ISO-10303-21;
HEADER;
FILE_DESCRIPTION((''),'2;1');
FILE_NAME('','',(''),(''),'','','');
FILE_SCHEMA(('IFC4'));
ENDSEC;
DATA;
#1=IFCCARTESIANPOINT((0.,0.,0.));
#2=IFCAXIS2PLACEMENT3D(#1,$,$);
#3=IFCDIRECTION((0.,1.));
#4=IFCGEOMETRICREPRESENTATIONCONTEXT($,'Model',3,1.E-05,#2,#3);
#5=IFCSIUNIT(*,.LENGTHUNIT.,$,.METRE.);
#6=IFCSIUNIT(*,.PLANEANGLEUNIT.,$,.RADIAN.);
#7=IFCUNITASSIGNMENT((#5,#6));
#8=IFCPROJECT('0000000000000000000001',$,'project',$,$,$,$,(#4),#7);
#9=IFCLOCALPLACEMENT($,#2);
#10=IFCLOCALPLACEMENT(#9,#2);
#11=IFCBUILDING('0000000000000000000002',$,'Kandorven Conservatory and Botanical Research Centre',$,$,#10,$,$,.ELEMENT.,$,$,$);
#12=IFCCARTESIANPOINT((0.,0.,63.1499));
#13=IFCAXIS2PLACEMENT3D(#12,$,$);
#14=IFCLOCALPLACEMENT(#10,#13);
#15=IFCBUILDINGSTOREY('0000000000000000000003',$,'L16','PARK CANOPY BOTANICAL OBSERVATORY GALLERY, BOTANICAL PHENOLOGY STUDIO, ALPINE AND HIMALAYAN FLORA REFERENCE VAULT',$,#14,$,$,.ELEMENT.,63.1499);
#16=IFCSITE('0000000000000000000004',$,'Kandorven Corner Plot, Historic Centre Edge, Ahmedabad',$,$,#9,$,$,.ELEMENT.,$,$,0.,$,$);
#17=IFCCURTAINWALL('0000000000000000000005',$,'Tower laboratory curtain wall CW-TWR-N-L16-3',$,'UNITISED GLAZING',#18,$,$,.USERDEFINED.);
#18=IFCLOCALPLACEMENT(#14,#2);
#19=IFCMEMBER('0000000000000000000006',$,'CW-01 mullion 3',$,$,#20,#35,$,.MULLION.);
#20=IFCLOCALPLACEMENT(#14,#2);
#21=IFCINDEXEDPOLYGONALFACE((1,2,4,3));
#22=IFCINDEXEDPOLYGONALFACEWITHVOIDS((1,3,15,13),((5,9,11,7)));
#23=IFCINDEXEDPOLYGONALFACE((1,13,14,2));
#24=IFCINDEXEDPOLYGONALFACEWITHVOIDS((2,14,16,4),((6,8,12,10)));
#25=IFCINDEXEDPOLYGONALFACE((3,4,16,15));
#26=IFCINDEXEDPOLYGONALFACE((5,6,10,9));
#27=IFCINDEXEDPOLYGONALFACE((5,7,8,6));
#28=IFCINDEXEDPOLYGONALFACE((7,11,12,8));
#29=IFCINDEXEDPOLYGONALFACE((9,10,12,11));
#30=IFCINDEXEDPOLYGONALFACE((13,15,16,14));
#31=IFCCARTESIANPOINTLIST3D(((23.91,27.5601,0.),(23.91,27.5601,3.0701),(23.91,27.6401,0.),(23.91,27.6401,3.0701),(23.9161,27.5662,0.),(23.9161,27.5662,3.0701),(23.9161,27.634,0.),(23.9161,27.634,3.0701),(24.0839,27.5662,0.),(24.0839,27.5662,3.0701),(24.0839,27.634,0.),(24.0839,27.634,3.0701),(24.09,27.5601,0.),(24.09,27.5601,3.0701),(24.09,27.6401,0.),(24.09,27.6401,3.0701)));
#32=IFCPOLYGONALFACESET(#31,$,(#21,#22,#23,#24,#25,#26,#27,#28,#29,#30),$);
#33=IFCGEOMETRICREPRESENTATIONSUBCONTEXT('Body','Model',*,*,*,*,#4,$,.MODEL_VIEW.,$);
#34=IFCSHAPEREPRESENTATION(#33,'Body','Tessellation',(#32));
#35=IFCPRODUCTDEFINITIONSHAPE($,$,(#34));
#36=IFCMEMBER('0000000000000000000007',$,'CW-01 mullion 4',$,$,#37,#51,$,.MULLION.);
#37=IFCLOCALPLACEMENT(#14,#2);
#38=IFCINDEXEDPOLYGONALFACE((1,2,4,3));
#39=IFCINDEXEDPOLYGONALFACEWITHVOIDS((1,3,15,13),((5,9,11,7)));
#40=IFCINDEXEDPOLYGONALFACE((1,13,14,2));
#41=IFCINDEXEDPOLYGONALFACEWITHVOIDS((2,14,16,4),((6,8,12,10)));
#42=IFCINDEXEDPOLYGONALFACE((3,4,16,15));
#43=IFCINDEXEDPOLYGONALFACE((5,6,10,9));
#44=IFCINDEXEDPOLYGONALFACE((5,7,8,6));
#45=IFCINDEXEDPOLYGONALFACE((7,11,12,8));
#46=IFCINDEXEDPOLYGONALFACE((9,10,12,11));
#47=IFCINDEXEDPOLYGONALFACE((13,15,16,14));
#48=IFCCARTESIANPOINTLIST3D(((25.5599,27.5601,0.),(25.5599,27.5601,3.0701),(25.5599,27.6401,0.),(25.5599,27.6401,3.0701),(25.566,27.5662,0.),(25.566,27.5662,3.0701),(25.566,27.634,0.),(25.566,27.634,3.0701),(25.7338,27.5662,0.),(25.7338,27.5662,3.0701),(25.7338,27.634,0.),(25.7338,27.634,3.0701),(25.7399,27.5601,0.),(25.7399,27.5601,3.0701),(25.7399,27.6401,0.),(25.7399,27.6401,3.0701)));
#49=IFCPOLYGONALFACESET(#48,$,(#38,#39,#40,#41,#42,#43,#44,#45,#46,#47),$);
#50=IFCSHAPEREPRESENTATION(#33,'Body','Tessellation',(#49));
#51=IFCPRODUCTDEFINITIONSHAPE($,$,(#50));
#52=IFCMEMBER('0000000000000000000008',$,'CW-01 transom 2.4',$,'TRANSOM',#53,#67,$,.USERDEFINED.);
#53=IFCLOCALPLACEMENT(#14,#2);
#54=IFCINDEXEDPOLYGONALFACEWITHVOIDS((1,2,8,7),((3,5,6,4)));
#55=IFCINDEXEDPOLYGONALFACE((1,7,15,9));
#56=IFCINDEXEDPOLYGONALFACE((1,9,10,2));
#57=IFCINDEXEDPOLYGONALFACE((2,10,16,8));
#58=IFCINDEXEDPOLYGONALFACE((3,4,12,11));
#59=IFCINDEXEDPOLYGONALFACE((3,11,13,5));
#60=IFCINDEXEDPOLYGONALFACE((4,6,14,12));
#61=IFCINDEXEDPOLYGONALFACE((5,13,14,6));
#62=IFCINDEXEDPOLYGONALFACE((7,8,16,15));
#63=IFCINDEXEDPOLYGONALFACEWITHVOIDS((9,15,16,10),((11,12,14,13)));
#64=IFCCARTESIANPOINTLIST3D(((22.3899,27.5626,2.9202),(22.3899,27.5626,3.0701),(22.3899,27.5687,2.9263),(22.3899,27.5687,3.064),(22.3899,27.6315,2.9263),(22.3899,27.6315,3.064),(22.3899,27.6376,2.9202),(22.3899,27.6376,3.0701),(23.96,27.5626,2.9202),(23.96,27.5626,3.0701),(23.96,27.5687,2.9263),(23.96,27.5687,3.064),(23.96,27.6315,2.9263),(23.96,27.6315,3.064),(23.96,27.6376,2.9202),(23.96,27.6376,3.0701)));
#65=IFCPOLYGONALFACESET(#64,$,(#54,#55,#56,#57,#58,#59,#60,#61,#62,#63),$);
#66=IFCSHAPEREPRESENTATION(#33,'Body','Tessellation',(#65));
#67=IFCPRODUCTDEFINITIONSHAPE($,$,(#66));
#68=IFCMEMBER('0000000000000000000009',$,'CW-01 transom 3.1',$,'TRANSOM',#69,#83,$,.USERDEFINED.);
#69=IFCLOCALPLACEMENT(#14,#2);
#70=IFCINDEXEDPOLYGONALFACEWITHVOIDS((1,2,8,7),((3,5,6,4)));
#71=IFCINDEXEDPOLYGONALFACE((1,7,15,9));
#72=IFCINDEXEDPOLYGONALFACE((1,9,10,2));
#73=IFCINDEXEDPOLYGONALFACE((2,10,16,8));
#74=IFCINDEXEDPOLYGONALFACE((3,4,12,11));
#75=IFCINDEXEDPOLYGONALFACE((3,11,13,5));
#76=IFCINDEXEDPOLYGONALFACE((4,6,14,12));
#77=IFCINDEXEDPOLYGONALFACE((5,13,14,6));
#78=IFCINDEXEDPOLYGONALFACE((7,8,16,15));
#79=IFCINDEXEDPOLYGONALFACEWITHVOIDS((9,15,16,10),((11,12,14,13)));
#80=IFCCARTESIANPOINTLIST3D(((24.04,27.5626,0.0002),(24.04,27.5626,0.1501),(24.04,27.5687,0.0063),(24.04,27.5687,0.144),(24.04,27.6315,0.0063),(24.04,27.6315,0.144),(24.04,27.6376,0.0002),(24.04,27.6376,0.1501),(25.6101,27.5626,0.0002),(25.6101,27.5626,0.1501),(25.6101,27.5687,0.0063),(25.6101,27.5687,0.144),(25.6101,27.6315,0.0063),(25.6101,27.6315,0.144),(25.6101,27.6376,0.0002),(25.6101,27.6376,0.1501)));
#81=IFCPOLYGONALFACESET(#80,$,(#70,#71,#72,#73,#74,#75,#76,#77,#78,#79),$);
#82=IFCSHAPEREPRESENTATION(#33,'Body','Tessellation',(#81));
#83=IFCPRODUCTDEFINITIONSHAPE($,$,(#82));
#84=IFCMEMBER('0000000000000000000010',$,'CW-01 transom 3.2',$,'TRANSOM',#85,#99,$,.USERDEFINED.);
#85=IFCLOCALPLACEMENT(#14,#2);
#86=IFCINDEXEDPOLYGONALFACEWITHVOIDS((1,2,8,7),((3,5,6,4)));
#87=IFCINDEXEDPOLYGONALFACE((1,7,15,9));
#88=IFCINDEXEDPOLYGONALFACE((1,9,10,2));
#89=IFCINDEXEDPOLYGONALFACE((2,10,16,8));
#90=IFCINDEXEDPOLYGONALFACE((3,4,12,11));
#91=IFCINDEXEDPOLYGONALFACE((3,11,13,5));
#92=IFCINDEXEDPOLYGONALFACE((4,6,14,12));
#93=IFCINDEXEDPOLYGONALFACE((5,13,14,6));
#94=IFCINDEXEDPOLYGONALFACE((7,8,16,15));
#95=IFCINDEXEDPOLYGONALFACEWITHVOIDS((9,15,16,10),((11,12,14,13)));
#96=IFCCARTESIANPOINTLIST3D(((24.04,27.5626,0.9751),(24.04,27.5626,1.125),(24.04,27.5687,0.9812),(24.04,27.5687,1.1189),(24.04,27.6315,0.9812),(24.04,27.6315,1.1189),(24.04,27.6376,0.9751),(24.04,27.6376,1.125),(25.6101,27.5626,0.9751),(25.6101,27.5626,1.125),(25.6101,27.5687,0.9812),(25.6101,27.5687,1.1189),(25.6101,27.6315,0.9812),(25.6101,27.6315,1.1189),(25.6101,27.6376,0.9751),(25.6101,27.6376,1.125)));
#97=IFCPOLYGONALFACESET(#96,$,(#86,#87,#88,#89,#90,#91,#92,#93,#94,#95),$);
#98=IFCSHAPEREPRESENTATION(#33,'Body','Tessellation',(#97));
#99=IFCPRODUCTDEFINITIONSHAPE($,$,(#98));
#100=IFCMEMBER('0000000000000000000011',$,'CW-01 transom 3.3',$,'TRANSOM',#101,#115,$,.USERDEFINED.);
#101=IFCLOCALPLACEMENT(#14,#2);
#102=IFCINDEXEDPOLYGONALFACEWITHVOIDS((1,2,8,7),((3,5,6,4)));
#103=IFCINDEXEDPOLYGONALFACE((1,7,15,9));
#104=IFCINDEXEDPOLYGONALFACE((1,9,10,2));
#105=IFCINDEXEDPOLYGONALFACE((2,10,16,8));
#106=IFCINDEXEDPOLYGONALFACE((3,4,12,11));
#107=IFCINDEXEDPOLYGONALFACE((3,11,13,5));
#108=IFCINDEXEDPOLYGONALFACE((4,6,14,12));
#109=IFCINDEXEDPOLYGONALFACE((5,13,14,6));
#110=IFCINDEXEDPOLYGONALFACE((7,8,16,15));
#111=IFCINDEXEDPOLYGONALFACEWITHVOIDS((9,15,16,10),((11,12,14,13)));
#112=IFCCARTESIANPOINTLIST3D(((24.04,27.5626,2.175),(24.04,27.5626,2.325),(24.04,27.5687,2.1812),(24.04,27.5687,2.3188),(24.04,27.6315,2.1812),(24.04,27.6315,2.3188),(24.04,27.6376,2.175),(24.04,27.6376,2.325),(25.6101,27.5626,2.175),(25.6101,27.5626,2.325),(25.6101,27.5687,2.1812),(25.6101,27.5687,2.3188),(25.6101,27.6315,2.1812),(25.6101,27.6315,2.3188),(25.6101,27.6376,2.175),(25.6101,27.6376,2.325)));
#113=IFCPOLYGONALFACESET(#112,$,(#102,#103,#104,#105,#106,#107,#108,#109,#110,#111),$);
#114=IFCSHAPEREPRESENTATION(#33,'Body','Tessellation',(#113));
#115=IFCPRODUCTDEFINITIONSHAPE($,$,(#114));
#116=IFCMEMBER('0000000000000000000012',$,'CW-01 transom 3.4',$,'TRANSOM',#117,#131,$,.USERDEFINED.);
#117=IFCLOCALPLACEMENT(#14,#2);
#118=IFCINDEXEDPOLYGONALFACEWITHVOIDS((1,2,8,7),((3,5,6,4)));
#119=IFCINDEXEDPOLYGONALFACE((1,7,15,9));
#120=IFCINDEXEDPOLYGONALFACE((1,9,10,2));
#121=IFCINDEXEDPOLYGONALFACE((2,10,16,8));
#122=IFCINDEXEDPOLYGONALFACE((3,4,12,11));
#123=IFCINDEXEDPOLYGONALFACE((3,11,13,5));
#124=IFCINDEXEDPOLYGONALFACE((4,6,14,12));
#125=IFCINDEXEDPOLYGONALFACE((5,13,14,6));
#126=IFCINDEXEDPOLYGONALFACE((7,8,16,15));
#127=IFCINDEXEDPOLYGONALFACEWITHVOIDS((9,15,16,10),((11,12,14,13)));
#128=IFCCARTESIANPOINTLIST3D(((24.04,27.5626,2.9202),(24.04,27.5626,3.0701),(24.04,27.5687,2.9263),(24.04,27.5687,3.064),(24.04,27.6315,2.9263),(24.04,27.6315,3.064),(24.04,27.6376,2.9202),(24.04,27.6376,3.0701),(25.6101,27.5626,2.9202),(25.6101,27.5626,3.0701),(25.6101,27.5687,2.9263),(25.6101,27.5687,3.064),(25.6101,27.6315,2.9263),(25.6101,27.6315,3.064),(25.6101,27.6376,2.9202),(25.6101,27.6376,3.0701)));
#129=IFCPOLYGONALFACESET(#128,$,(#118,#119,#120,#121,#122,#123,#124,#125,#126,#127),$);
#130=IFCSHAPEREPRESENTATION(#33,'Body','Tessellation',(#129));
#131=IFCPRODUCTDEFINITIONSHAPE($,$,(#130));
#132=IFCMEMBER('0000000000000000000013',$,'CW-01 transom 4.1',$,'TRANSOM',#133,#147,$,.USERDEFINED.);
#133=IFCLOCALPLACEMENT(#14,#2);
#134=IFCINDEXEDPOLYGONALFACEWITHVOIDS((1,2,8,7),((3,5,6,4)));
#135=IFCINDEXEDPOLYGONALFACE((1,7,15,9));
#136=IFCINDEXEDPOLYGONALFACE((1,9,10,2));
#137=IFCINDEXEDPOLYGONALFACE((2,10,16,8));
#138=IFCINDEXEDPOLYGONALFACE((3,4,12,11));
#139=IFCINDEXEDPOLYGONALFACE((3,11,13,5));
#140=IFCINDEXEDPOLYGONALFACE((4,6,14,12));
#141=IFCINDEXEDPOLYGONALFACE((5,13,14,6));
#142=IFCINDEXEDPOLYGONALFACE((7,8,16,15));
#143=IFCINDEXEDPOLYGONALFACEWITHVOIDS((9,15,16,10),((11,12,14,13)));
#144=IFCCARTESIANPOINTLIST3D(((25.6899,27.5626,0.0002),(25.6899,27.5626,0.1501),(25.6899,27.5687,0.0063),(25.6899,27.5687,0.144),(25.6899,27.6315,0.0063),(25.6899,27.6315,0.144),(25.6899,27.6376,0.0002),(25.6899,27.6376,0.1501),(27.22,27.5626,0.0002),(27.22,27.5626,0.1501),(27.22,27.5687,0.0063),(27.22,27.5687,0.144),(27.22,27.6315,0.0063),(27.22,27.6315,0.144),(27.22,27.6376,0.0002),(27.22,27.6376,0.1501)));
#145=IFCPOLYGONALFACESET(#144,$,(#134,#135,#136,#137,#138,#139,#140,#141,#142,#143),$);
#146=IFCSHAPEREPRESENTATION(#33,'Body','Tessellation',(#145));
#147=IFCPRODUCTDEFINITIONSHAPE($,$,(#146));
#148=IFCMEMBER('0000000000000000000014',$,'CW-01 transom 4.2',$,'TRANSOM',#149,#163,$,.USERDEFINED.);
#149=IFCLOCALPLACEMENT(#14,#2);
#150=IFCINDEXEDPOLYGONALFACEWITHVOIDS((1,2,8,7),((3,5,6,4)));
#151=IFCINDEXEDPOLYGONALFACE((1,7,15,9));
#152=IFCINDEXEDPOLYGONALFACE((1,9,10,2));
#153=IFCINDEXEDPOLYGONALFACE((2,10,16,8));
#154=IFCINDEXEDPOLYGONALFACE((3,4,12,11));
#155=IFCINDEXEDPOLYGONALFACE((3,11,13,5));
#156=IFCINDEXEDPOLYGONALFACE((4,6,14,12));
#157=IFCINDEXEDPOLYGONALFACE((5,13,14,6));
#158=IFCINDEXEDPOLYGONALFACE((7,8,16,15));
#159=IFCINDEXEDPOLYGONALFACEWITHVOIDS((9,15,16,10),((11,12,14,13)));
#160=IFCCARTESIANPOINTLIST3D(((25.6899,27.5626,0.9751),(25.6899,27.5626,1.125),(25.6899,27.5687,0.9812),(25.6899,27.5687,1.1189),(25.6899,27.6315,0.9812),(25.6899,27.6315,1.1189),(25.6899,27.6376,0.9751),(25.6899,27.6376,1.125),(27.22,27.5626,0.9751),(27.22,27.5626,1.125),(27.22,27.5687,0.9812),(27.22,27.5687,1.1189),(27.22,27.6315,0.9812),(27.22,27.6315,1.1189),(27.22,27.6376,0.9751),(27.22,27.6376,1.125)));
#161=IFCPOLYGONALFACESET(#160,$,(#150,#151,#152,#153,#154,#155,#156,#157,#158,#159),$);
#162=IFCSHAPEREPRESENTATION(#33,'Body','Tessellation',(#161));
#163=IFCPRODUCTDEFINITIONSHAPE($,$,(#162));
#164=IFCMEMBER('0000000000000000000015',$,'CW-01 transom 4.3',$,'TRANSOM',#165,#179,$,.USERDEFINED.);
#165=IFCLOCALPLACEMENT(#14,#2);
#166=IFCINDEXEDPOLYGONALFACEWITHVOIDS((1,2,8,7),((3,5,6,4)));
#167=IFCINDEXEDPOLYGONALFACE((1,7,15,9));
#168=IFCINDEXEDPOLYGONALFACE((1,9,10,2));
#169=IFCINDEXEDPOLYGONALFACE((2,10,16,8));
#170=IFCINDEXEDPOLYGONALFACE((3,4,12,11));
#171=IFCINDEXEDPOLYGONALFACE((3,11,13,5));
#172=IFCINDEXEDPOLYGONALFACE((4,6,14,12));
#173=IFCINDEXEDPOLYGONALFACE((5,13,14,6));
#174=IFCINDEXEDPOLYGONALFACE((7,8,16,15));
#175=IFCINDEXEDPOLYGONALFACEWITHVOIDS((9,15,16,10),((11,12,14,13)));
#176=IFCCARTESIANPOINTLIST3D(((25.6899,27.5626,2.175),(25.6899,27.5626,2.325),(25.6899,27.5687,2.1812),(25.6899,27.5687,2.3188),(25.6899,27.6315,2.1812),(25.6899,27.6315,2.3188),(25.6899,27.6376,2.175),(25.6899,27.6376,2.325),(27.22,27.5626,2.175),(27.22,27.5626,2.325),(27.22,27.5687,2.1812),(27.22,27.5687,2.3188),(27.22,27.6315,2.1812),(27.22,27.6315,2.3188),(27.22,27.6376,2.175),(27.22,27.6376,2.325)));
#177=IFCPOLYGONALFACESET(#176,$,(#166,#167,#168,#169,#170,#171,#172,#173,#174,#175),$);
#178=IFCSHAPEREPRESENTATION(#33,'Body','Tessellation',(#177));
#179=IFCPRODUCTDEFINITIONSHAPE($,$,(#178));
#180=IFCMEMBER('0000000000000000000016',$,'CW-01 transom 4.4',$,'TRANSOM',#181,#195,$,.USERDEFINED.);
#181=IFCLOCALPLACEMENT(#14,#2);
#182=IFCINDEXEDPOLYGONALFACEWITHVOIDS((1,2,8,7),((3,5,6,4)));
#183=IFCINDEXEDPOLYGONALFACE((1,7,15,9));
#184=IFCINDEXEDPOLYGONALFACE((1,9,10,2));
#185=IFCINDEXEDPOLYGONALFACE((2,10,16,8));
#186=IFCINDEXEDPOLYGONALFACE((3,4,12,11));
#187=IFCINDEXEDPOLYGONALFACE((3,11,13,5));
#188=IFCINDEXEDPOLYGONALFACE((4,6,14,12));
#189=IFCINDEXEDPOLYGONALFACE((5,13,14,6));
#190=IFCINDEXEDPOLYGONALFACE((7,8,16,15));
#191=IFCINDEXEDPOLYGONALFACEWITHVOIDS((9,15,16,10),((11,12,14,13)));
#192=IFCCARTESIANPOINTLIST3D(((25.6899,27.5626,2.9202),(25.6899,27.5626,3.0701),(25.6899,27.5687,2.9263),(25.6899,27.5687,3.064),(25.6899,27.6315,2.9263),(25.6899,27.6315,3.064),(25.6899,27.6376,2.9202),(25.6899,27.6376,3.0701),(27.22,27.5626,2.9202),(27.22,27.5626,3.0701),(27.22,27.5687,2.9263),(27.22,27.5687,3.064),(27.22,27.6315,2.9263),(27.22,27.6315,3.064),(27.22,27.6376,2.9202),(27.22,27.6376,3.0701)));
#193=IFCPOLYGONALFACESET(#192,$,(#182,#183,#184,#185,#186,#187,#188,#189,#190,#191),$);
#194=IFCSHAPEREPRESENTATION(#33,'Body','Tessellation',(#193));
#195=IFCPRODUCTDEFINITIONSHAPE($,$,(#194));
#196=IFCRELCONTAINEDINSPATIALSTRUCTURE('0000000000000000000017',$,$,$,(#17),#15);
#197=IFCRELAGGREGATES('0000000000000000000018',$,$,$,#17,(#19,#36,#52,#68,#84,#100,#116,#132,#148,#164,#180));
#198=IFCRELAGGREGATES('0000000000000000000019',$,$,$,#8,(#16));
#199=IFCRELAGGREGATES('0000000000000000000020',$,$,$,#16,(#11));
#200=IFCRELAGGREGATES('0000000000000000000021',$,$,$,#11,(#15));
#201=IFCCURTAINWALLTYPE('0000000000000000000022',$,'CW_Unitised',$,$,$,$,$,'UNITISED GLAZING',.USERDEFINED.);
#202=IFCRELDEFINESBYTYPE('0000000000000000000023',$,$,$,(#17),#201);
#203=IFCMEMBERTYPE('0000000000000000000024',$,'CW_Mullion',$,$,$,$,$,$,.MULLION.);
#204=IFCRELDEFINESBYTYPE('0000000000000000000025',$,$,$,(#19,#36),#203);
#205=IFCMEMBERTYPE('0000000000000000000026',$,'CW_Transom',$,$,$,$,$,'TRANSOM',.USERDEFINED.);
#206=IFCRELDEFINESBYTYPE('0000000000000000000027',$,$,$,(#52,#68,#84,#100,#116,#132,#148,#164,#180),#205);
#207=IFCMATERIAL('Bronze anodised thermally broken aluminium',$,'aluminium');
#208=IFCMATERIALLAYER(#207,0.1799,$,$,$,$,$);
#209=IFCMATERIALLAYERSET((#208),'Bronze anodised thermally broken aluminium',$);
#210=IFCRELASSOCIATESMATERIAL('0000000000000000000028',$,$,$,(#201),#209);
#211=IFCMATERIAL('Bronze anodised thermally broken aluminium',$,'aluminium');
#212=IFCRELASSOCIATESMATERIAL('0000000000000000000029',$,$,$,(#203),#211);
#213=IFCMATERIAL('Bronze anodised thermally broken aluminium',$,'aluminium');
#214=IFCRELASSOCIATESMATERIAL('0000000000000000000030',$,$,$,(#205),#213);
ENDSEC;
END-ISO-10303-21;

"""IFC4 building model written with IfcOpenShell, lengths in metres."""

from ifc_helpers import new_model, si_unit, direction, frame, origin, origin_2d, place, context, subcontext, project, spatial, hollow_rectangle, extrude, material, layer, layer_set, material_profile, profile_set, type_object, element, aggregate, save


model = new_model("IFC4")

# Units and contexts
model_context = context("Model", 3, precision=1e-05, world=origin(), true_north=direction((0.0, 1.0)))
body_context = subcontext(model_context, "Body", "Model", "MODEL_VIEW")
ifc_project = project(units=[si_unit("LENGTHUNIT", "METRE"), si_unit("PLANEANGLEUNIT", "RADIAN")], contexts=[model_context])

# Site, building, storey
site_placement = place(None, origin())
site = spatial("IfcSite", under=ifc_project, at=site_placement, Name="Kandorven Corner Plot, Historic Centre Edge, Ahmedabad", CompositionType="ELEMENT", RefElevation=0.0)
building_placement = place(site_placement, origin())
building = spatial("IfcBuilding", under=site, at=building_placement, Name="Kandorven Conservatory and Botanical Research Centre", CompositionType="ELEMENT")
storey_placement = place(building_placement, frame((0.0, 0.0, 63.1499)))
storey = spatial("IfcBuildingStorey", under=building, at=storey_placement, Name="L16", Description="PARK CANOPY BOTANICAL OBSERVATORY GALLERY, BOTANICAL PHENOLOGY STUDIO, ALPINE AND HIMALAYAN FLORA REFERENCE VAULT", CompositionType="ELEMENT", Elevation=63.1499)

# Curtain wall, members
ifc_material_1 = material(Name="Bronze anodised thermally broken aluminium", Category="aluminium")
ifc_layer_1 = layer(ifc_material_1, 0.1799)
ifc_layer_set_1 = layer_set([ifc_layer_1], Name="Bronze anodised thermally broken aluminium")
curtain_wall_type = type_object("IfcCurtainWallType", Name="CW_Unitised", ElementType="UNITISED GLAZING", PredefinedType="USERDEFINED", material=ifc_layer_set_1)
curtain_wall_placement = place(storey_placement, origin())
curtain_wall = element("IfcCurtainWall", 1, at=curtain_wall_placement, inside=storey, type_object=curtain_wall_type, Name="Tower laboratory curtain wall CW-TWR-N-L16-3", ObjectType="UNITISED GLAZING", PredefinedType="USERDEFINED")
ifc_material_2 = material(Name="Bronze anodised thermally broken aluminium", Category="aluminium")
ifc_material_profile_1 = material_profile(ifc_material_2, hollow_rectangle(XDim=0.0801, YDim=0.1799, WallThickness=0.0061, at=origin_2d()))
ifc_profile_set_1 = profile_set([ifc_material_profile_1], Name="Bronze anodised thermally broken aluminium")
member_type_1 = type_object("IfcMemberType", Name="CW_Mullion", PredefinedType="MULLION", material=ifc_profile_set_1)
member_1_placement = place(storey_placement, frame((24.0, 27.6001, 0.0), z_axis=(0.0, 0.0, 1.0), x_axis=(0.0, 1.0, 0.0)))
member_1 = element("IfcMember", 2, at=member_1_placement, type_object=member_type_1, Name="CW-01 mullion 3", PredefinedType="MULLION", context=body_context, shape_type="SweptSolid", body=[
    extrude(hollow_rectangle(XDim=0.0801, YDim=0.1799, WallThickness=0.0061, at=origin_2d()), origin(), (0.0, 0.0, 1.0), 3.0701),
])
member_2_placement = place(storey_placement, frame((25.6499, 27.6001, 0.0), z_axis=(0.0, 0.0, 1.0), x_axis=(0.0, 1.0, 0.0)))
member_2 = element("IfcMember", 3, at=member_2_placement, type_object=member_type_1, Name="CW-01 mullion 4", PredefinedType="MULLION", context=body_context, shape_type="SweptSolid", body=[
    extrude(hollow_rectangle(XDim=0.0801, YDim=0.1799, WallThickness=0.0061, at=origin_2d()), origin(), (0.0, 0.0, 1.0), 3.0701),
])
ifc_material_3 = material(Name="Bronze anodised thermally broken aluminium", Category="aluminium")
ifc_material_profile_2 = material_profile(ifc_material_3, hollow_rectangle(XDim=0.075, YDim=0.1499, WallThickness=0.0061, at=origin_2d()))
ifc_profile_set_2 = profile_set([ifc_material_profile_2], Name="Bronze anodised thermally broken aluminium")
member_type_2 = type_object("IfcMemberType", Name="CW_Transom", ElementType="TRANSOM", PredefinedType="USERDEFINED", material=ifc_profile_set_2)
member_3_placement = place(storey_placement, frame((22.3899, 27.6001, 2.9951), z_axis=(1.0, 0.0, 0.0), x_axis=(0.0, 1.0, 0.0)))
member_3 = element("IfcMember", 4, at=member_3_placement, type_object=member_type_2, Name="CW-01 transom 2.4", ObjectType="TRANSOM", PredefinedType="USERDEFINED", context=body_context, shape_type="SweptSolid", body=[
    extrude(hollow_rectangle(XDim=0.075, YDim=0.1499, WallThickness=0.0061, at=origin_2d()), origin(), (0.0, 0.0, 1.0), 1.5701),
])
member_4_placement = place(storey_placement, frame((24.04, 27.6001, 0.0752), z_axis=(1.0, 0.0, 0.0), x_axis=(0.0, 1.0, 0.0)))
member_4 = element("IfcMember", 5, at=member_4_placement, type_object=member_type_2, Name="CW-01 transom 3.1", ObjectType="TRANSOM", PredefinedType="USERDEFINED", context=body_context, shape_type="SweptSolid", body=[
    extrude(hollow_rectangle(XDim=0.075, YDim=0.1499, WallThickness=0.0061, at=origin_2d()), origin(), (0.0, 0.0, 1.0), 1.5701),
])
member_5_placement = place(storey_placement, frame((24.04, 27.6001, 1.05), z_axis=(1.0, 0.0, 0.0), x_axis=(0.0, 1.0, 0.0)))
member_5 = element("IfcMember", 6, at=member_5_placement, type_object=member_type_2, Name="CW-01 transom 3.2", ObjectType="TRANSOM", PredefinedType="USERDEFINED", context=body_context, shape_type="SweptSolid", body=[
    extrude(hollow_rectangle(XDim=0.075, YDim=0.1499, WallThickness=0.0061, at=origin_2d()), origin(), (0.0, 0.0, 1.0), 1.5701),
])
member_6_placement = place(storey_placement, frame((24.04, 27.6001, 2.25), z_axis=(1.0, 0.0, 0.0), x_axis=(0.0, 1.0, 0.0)))
member_6 = element("IfcMember", 7, at=member_6_placement, type_object=member_type_2, Name="CW-01 transom 3.3", ObjectType="TRANSOM", PredefinedType="USERDEFINED", context=body_context, shape_type="SweptSolid", body=[
    extrude(hollow_rectangle(XDim=0.075, YDim=0.1499, WallThickness=0.0061, at=origin_2d()), origin(), (0.0, 0.0, 1.0), 1.5701),
])
member_7_placement = place(storey_placement, frame((24.04, 27.6001, 2.9951), z_axis=(1.0, 0.0, 0.0), x_axis=(0.0, 1.0, 0.0)))
member_7 = element("IfcMember", 8, at=member_7_placement, type_object=member_type_2, Name="CW-01 transom 3.4", ObjectType="TRANSOM", PredefinedType="USERDEFINED", context=body_context, shape_type="SweptSolid", body=[
    extrude(hollow_rectangle(XDim=0.075, YDim=0.1499, WallThickness=0.0061, at=origin_2d()), origin(), (0.0, 0.0, 1.0), 1.5701),
])
member_8_placement = place(storey_placement, frame((25.6899, 27.6001, 0.0752), z_axis=(1.0, 0.0, 0.0), x_axis=(0.0, 1.0, 0.0)))
member_8 = element("IfcMember", 9, at=member_8_placement, type_object=member_type_2, Name="CW-01 transom 4.1", ObjectType="TRANSOM", PredefinedType="USERDEFINED", context=body_context, shape_type="SweptSolid", body=[
    extrude(hollow_rectangle(XDim=0.075, YDim=0.1499, WallThickness=0.0061, at=origin_2d()), origin(), (0.0, 0.0, 1.0), 1.53),
])
member_9_placement = place(storey_placement, frame((25.6899, 27.6001, 1.05), z_axis=(1.0, 0.0, 0.0), x_axis=(0.0, 1.0, 0.0)))
member_9 = element("IfcMember", 10, at=member_9_placement, type_object=member_type_2, Name="CW-01 transom 4.2", ObjectType="TRANSOM", PredefinedType="USERDEFINED", context=body_context, shape_type="SweptSolid", body=[
    extrude(hollow_rectangle(XDim=0.075, YDim=0.1499, WallThickness=0.0061, at=origin_2d()), origin(), (0.0, 0.0, 1.0), 1.53),
])
member_10_placement = place(storey_placement, frame((25.6899, 27.6001, 2.25), z_axis=(1.0, 0.0, 0.0), x_axis=(0.0, 1.0, 0.0)))
member_10 = element("IfcMember", 11, at=member_10_placement, type_object=member_type_2, Name="CW-01 transom 4.3", ObjectType="TRANSOM", PredefinedType="USERDEFINED", context=body_context, shape_type="SweptSolid", body=[
    extrude(hollow_rectangle(XDim=0.075, YDim=0.1499, WallThickness=0.0061, at=origin_2d()), origin(), (0.0, 0.0, 1.0), 1.53),
])
member_11_placement = place(storey_placement, frame((25.6899, 27.6001, 2.9951), z_axis=(1.0, 0.0, 0.0), x_axis=(0.0, 1.0, 0.0)))
member_11 = element("IfcMember", 12, at=member_11_placement, type_object=member_type_2, Name="CW-01 transom 4.4", ObjectType="TRANSOM", PredefinedType="USERDEFINED", context=body_context, shape_type="SweptSolid", body=[
    extrude(hollow_rectangle(XDim=0.075, YDim=0.1499, WallThickness=0.0061, at=origin_2d()), origin(), (0.0, 0.0, 1.0), 1.53),
])
aggregate(curtain_wall, [member_1, member_2, member_3, member_4, member_5, member_6, member_7, member_8, member_9, member_10, member_11])

save(model, "model.ifc")
